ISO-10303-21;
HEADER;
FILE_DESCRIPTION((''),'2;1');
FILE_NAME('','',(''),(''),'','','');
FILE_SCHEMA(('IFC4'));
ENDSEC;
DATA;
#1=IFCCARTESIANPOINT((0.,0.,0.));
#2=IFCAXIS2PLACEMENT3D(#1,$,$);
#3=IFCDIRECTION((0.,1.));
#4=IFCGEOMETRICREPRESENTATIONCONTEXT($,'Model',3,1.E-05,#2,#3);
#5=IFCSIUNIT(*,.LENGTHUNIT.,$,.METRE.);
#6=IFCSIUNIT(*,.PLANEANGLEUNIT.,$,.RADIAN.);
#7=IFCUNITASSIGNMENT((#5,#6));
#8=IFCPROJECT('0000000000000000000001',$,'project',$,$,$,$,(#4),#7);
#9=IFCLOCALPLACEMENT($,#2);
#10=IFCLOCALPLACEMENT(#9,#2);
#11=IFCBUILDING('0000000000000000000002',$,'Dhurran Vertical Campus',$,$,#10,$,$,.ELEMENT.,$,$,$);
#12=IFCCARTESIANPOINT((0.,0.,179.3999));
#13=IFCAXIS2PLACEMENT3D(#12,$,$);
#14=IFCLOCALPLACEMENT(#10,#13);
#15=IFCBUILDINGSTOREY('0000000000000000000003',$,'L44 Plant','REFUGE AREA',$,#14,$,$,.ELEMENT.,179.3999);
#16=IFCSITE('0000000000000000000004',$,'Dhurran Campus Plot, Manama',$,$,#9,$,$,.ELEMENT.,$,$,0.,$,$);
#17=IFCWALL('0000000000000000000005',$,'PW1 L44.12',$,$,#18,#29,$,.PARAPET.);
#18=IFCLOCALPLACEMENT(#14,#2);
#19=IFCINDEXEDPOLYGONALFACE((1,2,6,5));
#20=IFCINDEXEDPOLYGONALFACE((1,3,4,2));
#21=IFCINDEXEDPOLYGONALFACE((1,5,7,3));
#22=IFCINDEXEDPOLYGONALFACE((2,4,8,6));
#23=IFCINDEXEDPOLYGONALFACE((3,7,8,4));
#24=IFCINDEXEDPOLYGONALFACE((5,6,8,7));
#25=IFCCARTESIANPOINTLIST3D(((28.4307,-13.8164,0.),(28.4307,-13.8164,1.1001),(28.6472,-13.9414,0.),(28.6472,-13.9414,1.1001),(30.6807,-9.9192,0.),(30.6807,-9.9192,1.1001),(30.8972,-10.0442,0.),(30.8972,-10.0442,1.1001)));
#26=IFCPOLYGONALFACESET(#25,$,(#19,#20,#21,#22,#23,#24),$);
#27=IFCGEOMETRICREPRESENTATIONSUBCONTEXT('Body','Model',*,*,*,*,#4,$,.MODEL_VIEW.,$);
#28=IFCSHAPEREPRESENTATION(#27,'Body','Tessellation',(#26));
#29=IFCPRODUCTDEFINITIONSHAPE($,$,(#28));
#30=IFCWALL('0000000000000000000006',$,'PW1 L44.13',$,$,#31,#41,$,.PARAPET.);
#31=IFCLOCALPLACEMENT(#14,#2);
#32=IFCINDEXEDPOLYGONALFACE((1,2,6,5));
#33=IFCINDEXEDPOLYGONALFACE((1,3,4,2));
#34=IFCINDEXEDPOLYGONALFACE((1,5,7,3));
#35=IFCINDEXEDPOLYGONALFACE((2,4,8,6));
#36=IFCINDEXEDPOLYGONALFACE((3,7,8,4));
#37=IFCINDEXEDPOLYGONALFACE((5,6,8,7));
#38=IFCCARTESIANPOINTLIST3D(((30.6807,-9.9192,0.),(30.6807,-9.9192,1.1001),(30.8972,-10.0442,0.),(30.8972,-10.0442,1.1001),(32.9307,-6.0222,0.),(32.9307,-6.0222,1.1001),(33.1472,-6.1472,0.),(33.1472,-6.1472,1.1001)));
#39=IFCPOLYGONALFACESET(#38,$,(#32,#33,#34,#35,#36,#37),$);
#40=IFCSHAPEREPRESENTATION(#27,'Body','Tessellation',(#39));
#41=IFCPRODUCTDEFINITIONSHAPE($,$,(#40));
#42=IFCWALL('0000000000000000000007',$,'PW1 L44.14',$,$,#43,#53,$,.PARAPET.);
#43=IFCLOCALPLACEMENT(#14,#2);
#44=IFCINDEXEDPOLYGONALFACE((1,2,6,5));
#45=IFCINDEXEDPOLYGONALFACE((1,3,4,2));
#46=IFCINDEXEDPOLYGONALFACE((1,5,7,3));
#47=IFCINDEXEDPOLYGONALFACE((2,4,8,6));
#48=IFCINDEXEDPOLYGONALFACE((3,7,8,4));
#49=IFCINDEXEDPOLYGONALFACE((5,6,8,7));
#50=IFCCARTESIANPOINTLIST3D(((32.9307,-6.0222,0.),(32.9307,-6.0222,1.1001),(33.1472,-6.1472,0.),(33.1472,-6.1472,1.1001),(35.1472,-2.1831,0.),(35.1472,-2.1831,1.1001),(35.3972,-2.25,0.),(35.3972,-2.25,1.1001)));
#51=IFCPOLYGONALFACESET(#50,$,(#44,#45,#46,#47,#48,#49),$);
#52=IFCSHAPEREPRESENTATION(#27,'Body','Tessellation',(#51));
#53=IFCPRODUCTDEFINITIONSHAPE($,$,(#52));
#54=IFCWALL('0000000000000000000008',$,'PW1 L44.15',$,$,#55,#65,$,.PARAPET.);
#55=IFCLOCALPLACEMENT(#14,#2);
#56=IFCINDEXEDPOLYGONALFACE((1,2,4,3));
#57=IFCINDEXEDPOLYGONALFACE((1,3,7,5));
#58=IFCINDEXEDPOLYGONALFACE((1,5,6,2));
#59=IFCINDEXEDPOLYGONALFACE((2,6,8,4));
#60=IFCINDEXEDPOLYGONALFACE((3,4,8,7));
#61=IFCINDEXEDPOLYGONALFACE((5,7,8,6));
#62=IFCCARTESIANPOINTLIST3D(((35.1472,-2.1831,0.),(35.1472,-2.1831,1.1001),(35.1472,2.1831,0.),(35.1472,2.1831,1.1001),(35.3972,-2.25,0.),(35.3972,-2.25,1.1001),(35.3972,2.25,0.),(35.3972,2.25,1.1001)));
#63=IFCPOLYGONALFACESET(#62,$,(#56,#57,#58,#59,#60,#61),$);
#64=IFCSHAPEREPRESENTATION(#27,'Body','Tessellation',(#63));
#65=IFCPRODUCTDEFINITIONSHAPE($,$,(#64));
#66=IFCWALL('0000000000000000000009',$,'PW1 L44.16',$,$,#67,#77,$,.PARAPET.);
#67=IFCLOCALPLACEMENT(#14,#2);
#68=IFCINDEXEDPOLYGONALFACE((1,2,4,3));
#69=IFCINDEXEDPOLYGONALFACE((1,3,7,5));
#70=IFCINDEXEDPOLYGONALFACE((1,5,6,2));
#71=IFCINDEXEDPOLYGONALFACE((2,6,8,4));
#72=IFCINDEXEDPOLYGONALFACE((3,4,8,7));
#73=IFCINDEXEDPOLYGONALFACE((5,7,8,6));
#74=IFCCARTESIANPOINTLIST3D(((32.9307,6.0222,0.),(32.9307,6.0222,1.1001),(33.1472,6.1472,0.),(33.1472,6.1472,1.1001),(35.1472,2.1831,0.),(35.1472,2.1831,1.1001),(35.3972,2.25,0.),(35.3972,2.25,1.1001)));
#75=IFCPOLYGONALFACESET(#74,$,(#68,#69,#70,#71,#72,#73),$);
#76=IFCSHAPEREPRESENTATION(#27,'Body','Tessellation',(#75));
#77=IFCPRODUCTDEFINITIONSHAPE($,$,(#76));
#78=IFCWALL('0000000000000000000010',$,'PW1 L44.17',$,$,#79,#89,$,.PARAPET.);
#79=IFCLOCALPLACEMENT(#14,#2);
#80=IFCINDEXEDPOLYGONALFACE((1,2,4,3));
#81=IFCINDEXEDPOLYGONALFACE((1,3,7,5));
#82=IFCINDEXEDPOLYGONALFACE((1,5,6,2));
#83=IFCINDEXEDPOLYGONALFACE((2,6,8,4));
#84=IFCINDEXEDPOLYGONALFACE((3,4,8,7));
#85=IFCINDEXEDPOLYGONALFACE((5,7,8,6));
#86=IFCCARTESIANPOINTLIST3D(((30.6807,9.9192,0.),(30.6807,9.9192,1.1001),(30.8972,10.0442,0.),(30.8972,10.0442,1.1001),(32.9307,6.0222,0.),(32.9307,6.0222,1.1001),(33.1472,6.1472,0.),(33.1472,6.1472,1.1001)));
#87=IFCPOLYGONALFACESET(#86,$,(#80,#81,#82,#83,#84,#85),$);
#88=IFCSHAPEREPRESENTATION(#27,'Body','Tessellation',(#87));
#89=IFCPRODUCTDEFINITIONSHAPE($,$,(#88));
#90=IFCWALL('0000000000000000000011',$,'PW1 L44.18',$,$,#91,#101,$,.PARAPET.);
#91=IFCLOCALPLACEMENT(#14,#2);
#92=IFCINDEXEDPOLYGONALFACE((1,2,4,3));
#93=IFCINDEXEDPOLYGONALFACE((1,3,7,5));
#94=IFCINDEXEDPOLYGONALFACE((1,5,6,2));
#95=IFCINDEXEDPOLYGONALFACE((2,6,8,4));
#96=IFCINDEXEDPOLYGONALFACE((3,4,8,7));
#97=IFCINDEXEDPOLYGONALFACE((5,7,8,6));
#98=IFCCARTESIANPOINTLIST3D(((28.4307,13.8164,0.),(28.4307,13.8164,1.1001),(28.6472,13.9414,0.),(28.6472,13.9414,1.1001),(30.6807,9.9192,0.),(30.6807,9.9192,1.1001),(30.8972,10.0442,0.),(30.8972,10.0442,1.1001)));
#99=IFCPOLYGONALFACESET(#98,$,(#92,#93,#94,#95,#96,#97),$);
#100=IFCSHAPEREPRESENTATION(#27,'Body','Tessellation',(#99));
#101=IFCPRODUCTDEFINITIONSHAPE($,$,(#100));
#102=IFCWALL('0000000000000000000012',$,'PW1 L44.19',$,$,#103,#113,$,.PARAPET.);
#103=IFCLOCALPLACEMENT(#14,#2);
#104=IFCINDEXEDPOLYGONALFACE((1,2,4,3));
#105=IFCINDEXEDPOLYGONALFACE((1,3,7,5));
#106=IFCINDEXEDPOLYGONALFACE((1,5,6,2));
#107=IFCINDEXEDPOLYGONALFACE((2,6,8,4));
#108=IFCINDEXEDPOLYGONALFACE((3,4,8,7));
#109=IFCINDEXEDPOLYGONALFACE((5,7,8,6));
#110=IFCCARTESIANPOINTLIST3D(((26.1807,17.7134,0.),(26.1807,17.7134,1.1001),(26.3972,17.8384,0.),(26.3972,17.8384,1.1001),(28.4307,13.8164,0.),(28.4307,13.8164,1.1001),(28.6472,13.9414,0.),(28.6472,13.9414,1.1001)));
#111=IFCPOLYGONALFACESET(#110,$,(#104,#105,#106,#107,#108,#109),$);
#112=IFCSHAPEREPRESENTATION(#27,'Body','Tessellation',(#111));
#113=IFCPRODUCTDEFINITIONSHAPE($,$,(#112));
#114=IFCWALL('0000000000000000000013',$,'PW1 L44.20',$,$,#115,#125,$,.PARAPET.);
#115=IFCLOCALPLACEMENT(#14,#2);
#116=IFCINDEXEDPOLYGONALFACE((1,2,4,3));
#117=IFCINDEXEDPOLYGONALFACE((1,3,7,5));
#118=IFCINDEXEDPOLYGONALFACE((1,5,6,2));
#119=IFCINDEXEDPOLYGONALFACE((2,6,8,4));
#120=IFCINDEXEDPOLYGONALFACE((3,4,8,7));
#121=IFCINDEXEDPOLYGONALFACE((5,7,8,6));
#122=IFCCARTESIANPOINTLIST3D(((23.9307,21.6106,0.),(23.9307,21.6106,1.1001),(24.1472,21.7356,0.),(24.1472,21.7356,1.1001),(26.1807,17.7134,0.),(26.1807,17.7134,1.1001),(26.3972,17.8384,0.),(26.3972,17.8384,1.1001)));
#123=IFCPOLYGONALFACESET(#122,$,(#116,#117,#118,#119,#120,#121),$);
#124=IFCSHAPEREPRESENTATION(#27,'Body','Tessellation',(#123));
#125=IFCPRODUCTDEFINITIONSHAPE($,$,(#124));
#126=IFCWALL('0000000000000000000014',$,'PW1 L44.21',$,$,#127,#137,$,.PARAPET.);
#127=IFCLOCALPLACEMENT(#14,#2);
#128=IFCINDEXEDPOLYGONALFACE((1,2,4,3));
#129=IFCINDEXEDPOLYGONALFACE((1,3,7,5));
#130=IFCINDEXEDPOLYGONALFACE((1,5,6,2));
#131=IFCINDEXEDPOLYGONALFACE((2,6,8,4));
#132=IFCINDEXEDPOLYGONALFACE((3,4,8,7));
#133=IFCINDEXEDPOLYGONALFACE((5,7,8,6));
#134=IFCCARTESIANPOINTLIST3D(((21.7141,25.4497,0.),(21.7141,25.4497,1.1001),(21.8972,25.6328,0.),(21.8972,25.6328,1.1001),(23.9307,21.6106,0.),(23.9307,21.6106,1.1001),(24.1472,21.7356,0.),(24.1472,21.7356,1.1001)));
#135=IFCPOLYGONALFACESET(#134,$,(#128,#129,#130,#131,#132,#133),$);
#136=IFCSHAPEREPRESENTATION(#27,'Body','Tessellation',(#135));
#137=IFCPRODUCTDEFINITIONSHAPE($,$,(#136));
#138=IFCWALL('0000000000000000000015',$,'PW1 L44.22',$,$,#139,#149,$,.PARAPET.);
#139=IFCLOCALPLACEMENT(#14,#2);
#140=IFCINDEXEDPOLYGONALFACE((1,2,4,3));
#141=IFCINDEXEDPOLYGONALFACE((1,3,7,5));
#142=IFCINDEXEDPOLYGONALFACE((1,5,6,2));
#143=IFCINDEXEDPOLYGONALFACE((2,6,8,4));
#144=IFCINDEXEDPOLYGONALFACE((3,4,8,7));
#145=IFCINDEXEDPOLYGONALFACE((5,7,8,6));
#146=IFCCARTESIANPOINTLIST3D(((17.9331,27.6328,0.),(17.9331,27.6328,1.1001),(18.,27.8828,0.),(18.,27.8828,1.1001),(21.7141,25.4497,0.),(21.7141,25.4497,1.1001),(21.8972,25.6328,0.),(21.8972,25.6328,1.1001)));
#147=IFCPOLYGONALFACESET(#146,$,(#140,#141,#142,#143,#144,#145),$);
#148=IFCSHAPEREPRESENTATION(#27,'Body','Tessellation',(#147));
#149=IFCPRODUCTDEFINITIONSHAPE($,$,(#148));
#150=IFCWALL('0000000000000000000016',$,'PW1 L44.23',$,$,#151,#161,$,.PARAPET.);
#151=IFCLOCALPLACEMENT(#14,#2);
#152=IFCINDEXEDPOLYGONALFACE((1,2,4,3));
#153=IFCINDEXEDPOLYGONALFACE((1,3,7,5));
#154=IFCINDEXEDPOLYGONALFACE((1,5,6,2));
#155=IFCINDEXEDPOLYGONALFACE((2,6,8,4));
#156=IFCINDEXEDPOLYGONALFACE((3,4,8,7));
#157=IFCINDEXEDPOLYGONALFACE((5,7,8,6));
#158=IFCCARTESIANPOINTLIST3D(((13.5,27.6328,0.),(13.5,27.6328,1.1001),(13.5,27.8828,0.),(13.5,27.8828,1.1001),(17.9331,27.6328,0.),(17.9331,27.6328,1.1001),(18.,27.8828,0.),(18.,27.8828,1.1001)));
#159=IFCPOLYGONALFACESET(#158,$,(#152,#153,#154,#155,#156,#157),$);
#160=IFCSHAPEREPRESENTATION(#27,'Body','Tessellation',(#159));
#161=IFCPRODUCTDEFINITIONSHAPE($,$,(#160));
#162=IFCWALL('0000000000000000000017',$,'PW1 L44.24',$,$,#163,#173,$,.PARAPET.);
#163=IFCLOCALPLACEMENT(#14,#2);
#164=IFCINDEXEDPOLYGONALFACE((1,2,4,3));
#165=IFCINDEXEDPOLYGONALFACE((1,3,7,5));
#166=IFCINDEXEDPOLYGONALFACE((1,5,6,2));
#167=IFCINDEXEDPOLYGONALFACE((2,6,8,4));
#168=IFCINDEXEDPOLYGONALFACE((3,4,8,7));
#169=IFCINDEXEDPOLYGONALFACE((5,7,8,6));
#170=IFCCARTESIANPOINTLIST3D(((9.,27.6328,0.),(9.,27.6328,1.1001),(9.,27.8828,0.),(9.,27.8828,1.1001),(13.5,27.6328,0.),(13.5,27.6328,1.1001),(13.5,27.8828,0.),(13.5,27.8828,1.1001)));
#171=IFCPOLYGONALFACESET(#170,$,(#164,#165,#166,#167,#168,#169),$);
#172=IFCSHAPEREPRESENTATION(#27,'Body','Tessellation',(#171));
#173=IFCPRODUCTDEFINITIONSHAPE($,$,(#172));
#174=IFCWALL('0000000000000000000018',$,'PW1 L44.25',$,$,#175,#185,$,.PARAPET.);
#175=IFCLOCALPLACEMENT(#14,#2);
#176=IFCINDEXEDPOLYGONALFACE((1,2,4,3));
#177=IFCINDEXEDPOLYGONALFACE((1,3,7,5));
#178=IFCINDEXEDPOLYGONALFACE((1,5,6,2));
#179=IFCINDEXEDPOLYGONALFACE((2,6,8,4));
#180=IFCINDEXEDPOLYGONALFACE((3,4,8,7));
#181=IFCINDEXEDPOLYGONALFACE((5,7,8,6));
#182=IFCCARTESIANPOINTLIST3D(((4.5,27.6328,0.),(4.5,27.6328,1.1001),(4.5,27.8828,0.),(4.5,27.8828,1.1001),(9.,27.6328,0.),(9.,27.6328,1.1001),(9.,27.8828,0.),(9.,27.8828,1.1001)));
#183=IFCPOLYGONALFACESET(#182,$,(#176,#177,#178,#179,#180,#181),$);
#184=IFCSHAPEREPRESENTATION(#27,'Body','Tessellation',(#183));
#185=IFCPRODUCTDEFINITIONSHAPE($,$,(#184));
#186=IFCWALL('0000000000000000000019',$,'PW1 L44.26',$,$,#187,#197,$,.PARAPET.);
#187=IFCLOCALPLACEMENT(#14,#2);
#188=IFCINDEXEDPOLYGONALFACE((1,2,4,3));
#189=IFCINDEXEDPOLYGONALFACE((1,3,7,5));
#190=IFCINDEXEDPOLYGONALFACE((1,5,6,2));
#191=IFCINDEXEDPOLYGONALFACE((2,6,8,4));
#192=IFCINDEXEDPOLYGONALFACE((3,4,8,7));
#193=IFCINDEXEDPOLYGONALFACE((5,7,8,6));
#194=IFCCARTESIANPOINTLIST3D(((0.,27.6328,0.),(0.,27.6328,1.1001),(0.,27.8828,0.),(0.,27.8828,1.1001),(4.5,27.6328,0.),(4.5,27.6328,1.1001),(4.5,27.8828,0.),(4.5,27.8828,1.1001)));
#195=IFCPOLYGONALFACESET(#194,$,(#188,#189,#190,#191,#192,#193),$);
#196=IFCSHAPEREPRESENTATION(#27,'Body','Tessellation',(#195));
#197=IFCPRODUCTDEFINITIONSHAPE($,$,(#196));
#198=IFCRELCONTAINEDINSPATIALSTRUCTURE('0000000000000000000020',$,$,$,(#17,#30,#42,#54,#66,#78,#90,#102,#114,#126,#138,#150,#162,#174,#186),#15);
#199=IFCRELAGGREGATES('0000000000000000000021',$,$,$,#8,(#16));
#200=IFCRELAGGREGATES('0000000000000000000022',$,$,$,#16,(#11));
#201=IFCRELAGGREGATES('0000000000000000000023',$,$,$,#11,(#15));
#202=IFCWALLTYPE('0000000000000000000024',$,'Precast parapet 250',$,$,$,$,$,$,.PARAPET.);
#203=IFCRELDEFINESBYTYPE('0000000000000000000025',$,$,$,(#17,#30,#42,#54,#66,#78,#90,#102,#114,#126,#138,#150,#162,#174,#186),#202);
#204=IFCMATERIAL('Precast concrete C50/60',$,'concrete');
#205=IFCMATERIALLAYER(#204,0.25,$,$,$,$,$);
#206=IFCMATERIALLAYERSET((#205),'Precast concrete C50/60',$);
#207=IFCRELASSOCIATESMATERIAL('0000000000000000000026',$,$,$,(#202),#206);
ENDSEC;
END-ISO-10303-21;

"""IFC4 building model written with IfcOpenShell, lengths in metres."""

from ifc_helpers import new_model, si_unit, direction, frame, origin, place, context, subcontext, project, spatial, polyline, outline, extrude, material, layer, layer_set, type_object, element, save


model = new_model("IFC4")

# Units and contexts
model_context = context("Model", 3, precision=1e-05, world=origin(), true_north=direction((0.0, 1.0)))
body_context = subcontext(model_context, "Body", "Model", "MODEL_VIEW")
ifc_project = project(units=[si_unit("LENGTHUNIT", "METRE"), si_unit("PLANEANGLEUNIT", "RADIAN")], contexts=[model_context])

# Site, building, storey
site_placement = place(None, origin())
site = spatial("IfcSite", under=ifc_project, at=site_placement, Name="Dhurran Campus Plot, Manama", CompositionType="ELEMENT", RefElevation=0.0)
building_placement = place(site_placement, origin())
building = spatial("IfcBuilding", under=site, at=building_placement, Name="Dhurran Vertical Campus", CompositionType="ELEMENT")
storey_placement = place(building_placement, frame((0.0, 0.0, 179.3999)))
storey = spatial("IfcBuildingStorey", under=building, at=storey_placement, Name="L44 Plant", Description="REFUGE AREA", CompositionType="ELEMENT", Elevation=179.3999)

# Walls
ifc_material_1 = material(Name="Precast concrete C50/60", Category="concrete")
ifc_layer_1 = layer(ifc_material_1, 0.25)
ifc_layer_set_1 = layer_set([ifc_layer_1], Name="Precast concrete C50/60")
wall_type_1 = type_object("IfcWallType", Name="Precast parapet 250", PredefinedType="PARAPET", material=ifc_layer_set_1)
wall_1_placement = place(storey_placement, origin())
element("IfcWall", 1, at=wall_1_placement, inside=storey, type_object=wall_type_1, Name="PW1 L44.12", PredefinedType="PARAPET", context=body_context, shape_type="SweptSolid", body=[
    extrude(outline(polyline([(28.6472, -13.9414), (30.8972, -10.0442), (30.6807, -9.9192), (28.4307, -13.8164), (28.6472, -13.9414)])), origin(), (0.0, 0.0, 1.0), 1.1001),
])
wall_2_placement = place(storey_placement, origin())
element("IfcWall", 2, at=wall_2_placement, inside=storey, type_object=wall_type_1, Name="PW1 L44.13", PredefinedType="PARAPET", context=body_context, shape_type="SweptSolid", body=[
    extrude(outline(polyline([(30.8972, -10.0442), (33.1472, -6.1472), (32.9307, -6.0222), (30.6807, -9.9192), (30.8972, -10.0442)])), origin(), (0.0, 0.0, 1.0), 1.1001),
])
wall_3_placement = place(storey_placement, origin())
element("IfcWall", 3, at=wall_3_placement, inside=storey, type_object=wall_type_1, Name="PW1 L44.14", PredefinedType="PARAPET", context=body_context, shape_type="SweptSolid", body=[
    extrude(outline(polyline([(33.1472, -6.1472), (35.3972, -2.25), (35.1472, -2.1831), (32.9307, -6.0222), (33.1472, -6.1472)])), origin(), (0.0, 0.0, 1.0), 1.1001),
])
wall_4_placement = place(storey_placement, origin())
element("IfcWall", 4, at=wall_4_placement, inside=storey, type_object=wall_type_1, Name="PW1 L44.15", PredefinedType="PARAPET", context=body_context, shape_type="SweptSolid", body=[
    extrude(outline(polyline([(35.3972, -2.25), (35.3972, 2.25), (35.1472, 2.1831), (35.1472, -2.1831), (35.3972, -2.25)])), origin(), (0.0, 0.0, 1.0), 1.1001),
])
wall_5_placement = place(storey_placement, origin())
element("IfcWall", 5, at=wall_5_placement, inside=storey, type_object=wall_type_1, Name="PW1 L44.16", PredefinedType="PARAPET", context=body_context, shape_type="SweptSolid", body=[
    extrude(outline(polyline([(35.3972, 2.25), (33.1472, 6.1472), (32.9307, 6.0222), (35.1472, 2.1831), (35.3972, 2.25)])), origin(), (0.0, 0.0, 1.0), 1.1001),
])
wall_6_placement = place(storey_placement, origin())
element("IfcWall", 6, at=wall_6_placement, inside=storey, type_object=wall_type_1, Name="PW1 L44.17", PredefinedType="PARAPET", context=body_context, shape_type="SweptSolid", body=[
    extrude(outline(polyline([(33.1472, 6.1472), (30.8972, 10.0442), (30.6807, 9.9192), (32.9307, 6.0222), (33.1472, 6.1472)])), origin(), (0.0, 0.0, 1.0), 1.1001),
])
wall_7_placement = place(storey_placement, origin())
element("IfcWall", 7, at=wall_7_placement, inside=storey, type_object=wall_type_1, Name="PW1 L44.18", PredefinedType="PARAPET", context=body_context, shape_type="SweptSolid", body=[
    extrude(outline(polyline([(30.8972, 10.0442), (28.6472, 13.9414), (28.4307, 13.8164), (30.6807, 9.9192), (30.8972, 10.0442)])), origin(), (0.0, 0.0, 1.0), 1.1001),
])
wall_8_placement = place(storey_placement, origin())
element("IfcWall", 8, at=wall_8_placement, inside=storey, type_object=wall_type_1, Name="PW1 L44.19", PredefinedType="PARAPET", context=body_context, shape_type="SweptSolid", body=[
    extrude(outline(polyline([(28.6472, 13.9414), (26.3972, 17.8384), (26.1807, 17.7134), (28.4307, 13.8164), (28.6472, 13.9414)])), origin(), (0.0, 0.0, 1.0), 1.1001),
])
wall_9_placement = place(storey_placement, origin())
element("IfcWall", 9, at=wall_9_placement, inside=storey, type_object=wall_type_1, Name="PW1 L44.20", PredefinedType="PARAPET", context=body_context, shape_type="SweptSolid", body=[
    extrude(outline(polyline([(26.3972, 17.8384), (24.1472, 21.7356), (23.9307, 21.6106), (26.1807, 17.7134), (26.3972, 17.8384)])), origin(), (0.0, 0.0, 1.0), 1.1001),
])
wall_10_placement = place(storey_placement, origin())
element("IfcWall", 10, at=wall_10_placement, inside=storey, type_object=wall_type_1, Name="PW1 L44.21", PredefinedType="PARAPET", context=body_context, shape_type="SweptSolid", body=[
    extrude(outline(polyline([(24.1472, 21.7356), (21.8972, 25.6328), (21.7141, 25.4497), (23.9307, 21.6106), (24.1472, 21.7356)])), origin(), (0.0, 0.0, 1.0), 1.1001),
])
wall_11_placement = place(storey_placement, origin())
element("IfcWall", 11, at=wall_11_placement, inside=storey, type_object=wall_type_1, Name="PW1 L44.22", PredefinedType="PARAPET", context=body_context, shape_type="SweptSolid", body=[
    extrude(outline(polyline([(21.8972, 25.6328), (18.0, 27.8828), (17.9331, 27.6328), (21.7141, 25.4497), (21.8972, 25.6328)])), origin(), (0.0, 0.0, 1.0), 1.1001),
])
wall_12_placement = place(storey_placement, origin())
element("IfcWall", 12, at=wall_12_placement, inside=storey, type_object=wall_type_1, Name="PW1 L44.23", PredefinedType="PARAPET", context=body_context, shape_type="SweptSolid", body=[
    extrude(outline(polyline([(18.0, 27.8828), (13.5, 27.8828), (13.5, 27.6328), (17.9331, 27.6328), (18.0, 27.8828)])), origin(), (0.0, 0.0, 1.0), 1.1001),
])
wall_13_placement = place(storey_placement, origin())
element("IfcWall", 13, at=wall_13_placement, inside=storey, type_object=wall_type_1, Name="PW1 L44.24", PredefinedType="PARAPET", context=body_context, shape_type="SweptSolid", body=[
    extrude(outline(polyline([(13.5, 27.8828), (9.0, 27.8828), (9.0, 27.6328), (13.5, 27.6328), (13.5, 27.8828)])), origin(), (0.0, 0.0, 1.0), 1.1001),
])
wall_14_placement = place(storey_placement, origin())
element("IfcWall", 14, at=wall_14_placement, inside=storey, type_object=wall_type_1, Name="PW1 L44.25", PredefinedType="PARAPET", context=body_context, shape_type="SweptSolid", body=[
    extrude(outline(polyline([(9.0, 27.8828), (4.5, 27.8828), (4.5, 27.6328), (9.0, 27.6328), (9.0, 27.8828)])), origin(), (0.0, 0.0, 1.0), 1.1001),
])
wall_15_placement = place(storey_placement, origin())
element("IfcWall", 15, at=wall_15_placement, inside=storey, type_object=wall_type_1, Name="PW1 L44.26", PredefinedType="PARAPET", context=body_context, shape_type="SweptSolid", body=[
    extrude(outline(polyline([(4.5, 27.8828), (0.0, 27.8828), (0.0, 27.6328), (4.5, 27.6328), (4.5, 27.8828)])), origin(), (0.0, 0.0, 1.0), 1.1001),
])

save(model, "model.ifc")
